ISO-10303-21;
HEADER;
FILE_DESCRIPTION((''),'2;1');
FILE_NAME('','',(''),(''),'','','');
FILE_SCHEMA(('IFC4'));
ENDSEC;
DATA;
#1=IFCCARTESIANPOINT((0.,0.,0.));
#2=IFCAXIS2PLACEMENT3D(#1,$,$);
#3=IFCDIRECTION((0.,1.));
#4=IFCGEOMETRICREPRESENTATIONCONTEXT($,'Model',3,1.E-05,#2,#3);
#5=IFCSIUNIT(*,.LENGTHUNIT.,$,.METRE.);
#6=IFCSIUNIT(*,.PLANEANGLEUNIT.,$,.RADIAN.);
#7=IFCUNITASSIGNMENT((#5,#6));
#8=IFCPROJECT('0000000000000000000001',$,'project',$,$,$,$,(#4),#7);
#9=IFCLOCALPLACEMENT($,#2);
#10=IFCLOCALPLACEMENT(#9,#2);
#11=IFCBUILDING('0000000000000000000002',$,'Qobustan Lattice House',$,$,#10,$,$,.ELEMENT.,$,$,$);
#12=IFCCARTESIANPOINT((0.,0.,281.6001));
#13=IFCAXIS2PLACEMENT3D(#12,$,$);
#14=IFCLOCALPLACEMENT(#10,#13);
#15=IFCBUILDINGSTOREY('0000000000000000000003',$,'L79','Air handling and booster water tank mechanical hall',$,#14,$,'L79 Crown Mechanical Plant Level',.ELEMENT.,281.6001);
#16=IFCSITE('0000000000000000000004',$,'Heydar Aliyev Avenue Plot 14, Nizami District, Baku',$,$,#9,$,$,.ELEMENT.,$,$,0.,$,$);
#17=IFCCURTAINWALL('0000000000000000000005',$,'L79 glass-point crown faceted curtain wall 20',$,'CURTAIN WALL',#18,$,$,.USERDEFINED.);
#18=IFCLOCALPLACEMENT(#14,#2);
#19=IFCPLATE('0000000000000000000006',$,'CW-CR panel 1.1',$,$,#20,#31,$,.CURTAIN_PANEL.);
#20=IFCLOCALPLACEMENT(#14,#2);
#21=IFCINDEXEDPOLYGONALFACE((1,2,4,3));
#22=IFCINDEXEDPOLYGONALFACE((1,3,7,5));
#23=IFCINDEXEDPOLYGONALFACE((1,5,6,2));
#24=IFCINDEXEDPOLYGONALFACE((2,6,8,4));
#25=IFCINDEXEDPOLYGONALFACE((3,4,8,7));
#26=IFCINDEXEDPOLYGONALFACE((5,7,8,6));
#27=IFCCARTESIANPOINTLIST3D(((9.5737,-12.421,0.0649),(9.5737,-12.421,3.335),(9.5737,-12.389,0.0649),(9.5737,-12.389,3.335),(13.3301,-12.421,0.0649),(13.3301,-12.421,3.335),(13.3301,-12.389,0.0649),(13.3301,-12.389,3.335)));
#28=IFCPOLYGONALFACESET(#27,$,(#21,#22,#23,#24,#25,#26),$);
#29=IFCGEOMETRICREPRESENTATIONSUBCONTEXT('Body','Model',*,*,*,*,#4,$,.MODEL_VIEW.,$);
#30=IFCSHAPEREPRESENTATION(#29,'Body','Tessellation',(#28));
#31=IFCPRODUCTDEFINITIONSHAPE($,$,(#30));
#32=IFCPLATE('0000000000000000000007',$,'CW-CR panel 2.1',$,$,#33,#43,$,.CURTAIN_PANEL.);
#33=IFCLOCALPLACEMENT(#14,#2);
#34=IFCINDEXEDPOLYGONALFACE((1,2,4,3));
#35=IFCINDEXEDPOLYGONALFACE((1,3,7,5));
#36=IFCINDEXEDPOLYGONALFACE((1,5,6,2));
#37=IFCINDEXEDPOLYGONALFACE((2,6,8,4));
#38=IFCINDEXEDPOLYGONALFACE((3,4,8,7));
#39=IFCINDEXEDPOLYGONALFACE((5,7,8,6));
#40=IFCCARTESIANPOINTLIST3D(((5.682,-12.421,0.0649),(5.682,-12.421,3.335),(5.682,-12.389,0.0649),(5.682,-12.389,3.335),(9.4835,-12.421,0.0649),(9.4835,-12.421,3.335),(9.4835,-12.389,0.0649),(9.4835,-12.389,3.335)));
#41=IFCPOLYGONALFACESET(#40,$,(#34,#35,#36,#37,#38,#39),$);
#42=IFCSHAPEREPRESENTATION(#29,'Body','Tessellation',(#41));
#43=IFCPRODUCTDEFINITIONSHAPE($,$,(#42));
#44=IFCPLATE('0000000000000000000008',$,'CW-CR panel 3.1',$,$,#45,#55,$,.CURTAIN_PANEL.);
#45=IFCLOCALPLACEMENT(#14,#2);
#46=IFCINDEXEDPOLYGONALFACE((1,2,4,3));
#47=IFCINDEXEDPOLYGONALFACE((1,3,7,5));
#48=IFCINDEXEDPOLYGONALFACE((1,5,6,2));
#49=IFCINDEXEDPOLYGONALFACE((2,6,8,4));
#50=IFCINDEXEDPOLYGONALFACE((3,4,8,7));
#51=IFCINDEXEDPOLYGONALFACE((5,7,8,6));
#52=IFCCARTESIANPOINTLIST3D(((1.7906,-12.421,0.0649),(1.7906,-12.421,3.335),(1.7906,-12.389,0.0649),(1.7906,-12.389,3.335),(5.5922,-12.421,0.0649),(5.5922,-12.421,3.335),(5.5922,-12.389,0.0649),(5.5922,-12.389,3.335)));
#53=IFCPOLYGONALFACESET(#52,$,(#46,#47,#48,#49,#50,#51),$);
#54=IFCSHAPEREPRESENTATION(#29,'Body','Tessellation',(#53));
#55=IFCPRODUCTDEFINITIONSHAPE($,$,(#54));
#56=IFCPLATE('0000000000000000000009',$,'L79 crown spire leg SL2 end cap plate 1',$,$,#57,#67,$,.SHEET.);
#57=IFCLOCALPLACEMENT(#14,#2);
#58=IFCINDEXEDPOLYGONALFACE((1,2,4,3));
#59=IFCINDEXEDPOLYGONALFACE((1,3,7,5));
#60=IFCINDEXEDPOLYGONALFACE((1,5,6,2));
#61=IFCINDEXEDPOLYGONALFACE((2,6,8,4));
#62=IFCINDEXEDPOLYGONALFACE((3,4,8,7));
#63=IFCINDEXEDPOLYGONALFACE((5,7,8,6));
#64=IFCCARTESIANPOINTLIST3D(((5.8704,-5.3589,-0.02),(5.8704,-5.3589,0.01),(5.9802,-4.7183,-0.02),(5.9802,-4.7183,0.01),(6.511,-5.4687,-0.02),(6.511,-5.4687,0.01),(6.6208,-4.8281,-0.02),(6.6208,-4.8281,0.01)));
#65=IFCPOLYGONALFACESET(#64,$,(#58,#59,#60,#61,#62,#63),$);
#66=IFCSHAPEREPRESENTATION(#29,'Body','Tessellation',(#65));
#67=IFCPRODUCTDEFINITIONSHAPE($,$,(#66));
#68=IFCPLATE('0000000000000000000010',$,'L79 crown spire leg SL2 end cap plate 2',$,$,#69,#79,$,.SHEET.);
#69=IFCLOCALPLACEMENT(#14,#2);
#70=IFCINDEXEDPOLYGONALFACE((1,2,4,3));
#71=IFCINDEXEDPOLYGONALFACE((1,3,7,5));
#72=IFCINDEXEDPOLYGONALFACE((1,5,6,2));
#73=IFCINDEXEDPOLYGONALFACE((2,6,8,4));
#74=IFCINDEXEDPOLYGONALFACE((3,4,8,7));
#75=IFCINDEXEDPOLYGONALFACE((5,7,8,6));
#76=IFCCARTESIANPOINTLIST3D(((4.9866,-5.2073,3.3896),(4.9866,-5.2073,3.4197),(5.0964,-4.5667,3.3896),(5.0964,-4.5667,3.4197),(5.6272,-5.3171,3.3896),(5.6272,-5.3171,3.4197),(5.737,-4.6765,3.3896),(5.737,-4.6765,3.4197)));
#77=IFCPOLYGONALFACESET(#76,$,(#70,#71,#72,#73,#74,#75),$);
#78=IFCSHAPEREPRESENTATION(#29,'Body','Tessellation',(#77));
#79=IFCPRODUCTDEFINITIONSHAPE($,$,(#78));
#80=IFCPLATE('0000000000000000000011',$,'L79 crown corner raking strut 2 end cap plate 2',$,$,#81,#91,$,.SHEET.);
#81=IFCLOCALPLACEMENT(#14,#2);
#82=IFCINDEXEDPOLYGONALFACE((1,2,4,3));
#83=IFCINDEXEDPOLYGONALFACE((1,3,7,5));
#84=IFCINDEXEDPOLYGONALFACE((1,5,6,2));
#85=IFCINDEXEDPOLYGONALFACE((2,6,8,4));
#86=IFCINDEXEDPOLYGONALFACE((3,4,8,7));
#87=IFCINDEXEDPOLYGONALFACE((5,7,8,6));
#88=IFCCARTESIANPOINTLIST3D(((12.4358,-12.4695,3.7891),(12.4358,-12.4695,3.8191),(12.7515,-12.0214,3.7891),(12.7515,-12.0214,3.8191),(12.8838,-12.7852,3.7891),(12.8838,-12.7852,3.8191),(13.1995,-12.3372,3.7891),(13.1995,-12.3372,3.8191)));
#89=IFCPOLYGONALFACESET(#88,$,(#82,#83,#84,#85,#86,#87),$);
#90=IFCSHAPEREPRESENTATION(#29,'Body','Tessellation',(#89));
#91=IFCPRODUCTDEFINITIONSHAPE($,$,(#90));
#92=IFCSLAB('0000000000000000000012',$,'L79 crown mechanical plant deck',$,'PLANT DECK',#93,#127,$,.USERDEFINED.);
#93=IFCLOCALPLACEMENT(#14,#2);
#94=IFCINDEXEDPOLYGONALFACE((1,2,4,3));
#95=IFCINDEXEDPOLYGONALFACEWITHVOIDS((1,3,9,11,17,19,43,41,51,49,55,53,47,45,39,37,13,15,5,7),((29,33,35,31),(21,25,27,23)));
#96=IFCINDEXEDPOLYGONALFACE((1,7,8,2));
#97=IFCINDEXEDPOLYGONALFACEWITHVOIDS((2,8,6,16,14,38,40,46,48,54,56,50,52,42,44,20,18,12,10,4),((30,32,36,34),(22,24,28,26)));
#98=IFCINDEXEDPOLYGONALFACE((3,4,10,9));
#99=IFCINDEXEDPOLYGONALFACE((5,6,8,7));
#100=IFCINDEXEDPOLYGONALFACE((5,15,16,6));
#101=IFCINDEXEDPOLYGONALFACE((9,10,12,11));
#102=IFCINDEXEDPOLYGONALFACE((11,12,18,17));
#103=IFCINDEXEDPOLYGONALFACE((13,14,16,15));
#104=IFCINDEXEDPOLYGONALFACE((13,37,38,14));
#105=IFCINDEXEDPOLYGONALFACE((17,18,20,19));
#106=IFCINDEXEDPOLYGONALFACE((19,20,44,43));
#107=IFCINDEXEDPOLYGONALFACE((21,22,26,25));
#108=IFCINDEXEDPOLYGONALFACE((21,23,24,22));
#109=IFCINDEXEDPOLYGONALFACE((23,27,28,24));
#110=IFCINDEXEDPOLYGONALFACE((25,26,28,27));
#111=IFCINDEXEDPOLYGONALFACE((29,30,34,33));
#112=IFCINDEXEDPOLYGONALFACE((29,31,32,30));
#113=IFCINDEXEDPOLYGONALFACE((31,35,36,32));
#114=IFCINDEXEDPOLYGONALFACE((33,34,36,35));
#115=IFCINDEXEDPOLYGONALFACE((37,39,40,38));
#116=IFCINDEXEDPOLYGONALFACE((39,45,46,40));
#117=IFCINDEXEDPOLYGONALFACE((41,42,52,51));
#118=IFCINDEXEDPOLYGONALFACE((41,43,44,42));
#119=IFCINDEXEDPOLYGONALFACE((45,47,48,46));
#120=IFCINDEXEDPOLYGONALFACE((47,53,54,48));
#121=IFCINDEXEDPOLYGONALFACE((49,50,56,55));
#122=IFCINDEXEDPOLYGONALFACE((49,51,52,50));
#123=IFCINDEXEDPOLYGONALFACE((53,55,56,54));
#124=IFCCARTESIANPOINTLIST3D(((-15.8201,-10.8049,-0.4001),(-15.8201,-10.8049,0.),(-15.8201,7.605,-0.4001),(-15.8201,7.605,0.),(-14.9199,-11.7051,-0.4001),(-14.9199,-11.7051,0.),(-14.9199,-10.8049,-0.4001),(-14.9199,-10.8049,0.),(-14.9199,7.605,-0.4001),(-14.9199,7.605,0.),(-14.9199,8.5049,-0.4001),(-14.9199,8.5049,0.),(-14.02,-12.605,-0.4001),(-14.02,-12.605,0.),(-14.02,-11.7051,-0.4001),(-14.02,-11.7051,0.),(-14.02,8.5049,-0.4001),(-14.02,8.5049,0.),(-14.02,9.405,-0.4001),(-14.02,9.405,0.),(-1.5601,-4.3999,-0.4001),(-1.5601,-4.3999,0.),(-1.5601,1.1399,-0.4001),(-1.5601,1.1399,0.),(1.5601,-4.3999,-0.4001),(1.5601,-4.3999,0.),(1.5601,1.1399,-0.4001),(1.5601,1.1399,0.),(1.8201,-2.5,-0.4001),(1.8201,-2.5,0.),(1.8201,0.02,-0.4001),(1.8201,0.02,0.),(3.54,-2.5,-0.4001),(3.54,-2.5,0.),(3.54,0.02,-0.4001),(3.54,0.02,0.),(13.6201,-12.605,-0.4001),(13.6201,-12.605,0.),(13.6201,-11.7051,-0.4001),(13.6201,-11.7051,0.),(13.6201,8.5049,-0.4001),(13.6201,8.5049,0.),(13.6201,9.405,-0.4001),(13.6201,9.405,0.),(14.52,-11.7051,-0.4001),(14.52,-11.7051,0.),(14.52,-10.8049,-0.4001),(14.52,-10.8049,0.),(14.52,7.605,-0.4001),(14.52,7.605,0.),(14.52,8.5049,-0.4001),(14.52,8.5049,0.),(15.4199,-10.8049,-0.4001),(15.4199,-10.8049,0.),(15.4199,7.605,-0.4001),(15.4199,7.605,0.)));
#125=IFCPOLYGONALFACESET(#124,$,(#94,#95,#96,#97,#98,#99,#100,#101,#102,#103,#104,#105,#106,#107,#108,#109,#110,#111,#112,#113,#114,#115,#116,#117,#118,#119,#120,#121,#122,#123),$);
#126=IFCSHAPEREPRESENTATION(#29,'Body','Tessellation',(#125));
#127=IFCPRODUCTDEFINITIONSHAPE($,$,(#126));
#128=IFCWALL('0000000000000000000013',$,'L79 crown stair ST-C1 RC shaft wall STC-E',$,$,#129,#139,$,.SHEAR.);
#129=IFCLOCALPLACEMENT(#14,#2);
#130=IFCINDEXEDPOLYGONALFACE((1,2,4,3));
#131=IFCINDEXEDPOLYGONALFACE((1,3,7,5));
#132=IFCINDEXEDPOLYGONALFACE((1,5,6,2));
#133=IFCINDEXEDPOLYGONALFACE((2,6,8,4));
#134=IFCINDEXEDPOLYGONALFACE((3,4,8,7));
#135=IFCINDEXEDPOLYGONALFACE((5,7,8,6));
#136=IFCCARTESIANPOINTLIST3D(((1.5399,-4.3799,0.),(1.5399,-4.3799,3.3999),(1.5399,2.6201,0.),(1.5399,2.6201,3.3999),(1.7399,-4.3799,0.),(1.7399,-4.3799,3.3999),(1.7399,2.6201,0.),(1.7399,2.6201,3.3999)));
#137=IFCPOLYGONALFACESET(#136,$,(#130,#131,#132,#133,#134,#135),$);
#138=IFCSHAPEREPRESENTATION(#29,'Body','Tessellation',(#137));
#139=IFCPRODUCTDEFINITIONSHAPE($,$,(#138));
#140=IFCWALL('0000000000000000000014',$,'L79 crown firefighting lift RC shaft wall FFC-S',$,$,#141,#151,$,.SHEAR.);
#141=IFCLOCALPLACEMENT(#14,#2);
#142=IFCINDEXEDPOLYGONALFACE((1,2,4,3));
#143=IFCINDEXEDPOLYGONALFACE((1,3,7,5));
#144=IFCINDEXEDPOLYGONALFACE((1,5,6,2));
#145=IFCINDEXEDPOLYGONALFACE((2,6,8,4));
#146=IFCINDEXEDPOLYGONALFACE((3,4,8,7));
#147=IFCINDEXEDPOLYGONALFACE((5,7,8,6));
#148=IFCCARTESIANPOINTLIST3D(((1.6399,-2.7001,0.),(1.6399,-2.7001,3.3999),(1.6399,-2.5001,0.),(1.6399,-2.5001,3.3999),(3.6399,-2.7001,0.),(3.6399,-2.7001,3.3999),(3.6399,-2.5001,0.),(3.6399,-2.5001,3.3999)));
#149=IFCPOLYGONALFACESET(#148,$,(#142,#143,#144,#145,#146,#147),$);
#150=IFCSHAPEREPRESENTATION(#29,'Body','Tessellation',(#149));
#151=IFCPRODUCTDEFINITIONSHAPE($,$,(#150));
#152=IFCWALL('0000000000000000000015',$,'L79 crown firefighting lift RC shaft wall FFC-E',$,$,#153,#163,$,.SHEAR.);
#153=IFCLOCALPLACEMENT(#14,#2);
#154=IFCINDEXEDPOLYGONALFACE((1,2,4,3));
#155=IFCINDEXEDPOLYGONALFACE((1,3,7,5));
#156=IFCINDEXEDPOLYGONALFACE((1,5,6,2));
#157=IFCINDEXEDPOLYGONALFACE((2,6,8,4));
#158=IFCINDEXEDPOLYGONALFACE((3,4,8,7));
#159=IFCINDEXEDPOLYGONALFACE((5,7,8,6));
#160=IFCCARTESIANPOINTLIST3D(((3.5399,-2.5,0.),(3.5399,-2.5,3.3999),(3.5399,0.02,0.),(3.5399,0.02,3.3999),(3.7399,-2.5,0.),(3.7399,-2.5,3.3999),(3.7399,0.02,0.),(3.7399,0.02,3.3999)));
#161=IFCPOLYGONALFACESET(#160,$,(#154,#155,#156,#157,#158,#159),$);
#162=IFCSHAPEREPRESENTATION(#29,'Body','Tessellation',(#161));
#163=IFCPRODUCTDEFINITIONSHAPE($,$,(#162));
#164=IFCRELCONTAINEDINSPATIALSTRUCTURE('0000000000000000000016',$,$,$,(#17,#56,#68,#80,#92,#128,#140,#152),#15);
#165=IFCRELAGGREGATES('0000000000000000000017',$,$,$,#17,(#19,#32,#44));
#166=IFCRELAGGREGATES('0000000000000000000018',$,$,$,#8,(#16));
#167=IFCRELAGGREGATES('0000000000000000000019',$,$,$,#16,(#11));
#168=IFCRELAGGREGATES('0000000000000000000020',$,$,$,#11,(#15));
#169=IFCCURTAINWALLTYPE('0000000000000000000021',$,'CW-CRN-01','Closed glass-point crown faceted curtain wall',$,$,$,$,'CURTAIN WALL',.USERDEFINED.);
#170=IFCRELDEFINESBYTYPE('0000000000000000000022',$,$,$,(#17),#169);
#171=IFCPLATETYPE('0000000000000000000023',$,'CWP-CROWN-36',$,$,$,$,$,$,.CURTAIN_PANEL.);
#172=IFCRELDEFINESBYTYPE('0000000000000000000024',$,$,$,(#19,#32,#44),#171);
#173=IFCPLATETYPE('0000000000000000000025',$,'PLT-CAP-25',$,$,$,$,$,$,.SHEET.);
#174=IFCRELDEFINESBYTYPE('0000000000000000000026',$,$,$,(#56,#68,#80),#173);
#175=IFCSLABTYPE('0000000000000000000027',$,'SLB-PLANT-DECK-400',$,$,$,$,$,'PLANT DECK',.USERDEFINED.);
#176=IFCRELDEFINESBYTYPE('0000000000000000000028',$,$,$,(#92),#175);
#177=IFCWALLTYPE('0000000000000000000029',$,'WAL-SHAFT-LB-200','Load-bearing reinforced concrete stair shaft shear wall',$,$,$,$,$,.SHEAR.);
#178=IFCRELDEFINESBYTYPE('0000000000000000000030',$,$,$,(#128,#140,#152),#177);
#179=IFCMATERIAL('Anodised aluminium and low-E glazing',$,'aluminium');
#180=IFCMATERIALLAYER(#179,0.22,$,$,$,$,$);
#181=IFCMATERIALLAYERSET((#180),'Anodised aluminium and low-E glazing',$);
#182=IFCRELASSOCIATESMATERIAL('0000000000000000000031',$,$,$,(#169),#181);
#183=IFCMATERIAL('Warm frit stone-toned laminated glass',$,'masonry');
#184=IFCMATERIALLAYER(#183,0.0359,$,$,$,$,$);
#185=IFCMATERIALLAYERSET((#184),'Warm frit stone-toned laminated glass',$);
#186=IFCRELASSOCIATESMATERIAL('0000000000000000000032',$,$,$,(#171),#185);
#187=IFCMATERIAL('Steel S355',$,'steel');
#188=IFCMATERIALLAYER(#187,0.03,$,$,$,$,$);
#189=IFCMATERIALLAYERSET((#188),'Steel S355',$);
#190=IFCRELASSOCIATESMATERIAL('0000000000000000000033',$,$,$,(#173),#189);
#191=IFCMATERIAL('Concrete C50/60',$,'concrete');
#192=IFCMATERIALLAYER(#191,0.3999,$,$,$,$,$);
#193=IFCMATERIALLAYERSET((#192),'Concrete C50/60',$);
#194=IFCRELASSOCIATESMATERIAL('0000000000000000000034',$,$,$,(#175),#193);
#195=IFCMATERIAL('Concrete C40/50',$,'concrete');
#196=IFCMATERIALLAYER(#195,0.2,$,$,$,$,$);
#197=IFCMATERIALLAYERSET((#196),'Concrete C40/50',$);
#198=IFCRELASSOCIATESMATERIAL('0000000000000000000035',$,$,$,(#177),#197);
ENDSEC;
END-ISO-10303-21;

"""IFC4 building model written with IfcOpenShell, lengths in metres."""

from ifc_helpers import new_model, si_unit, direction, frame, frame_2d, origin, origin_2d, place, context, subcontext, project, spatial, polyline, rectangle, outline, extrude, material, layer, layer_set, type_object, element, aggregate, save


model = new_model("IFC4")

# Units and contexts
model_context = context("Model", 3, precision=1e-05, world=origin(), true_north=direction((0.0, 1.0)))
body_context = subcontext(model_context, "Body", "Model", "MODEL_VIEW")
ifc_project = project(units=[si_unit("LENGTHUNIT", "METRE"), si_unit("PLANEANGLEUNIT", "RADIAN")], contexts=[model_context])

# Site, building, storey
site_placement = place(None, origin())
site = spatial("IfcSite", under=ifc_project, at=site_placement, Name="Heydar Aliyev Avenue Plot 14, Nizami District, Baku", CompositionType="ELEMENT", RefElevation=0.0)
building_placement = place(site_placement, origin())
building = spatial("IfcBuilding", under=site, at=building_placement, Name="Qobustan Lattice House", CompositionType="ELEMENT")
storey_placement = place(building_placement, frame((0.0, 0.0, 281.6001)))
storey = spatial("IfcBuildingStorey", under=building, at=storey_placement, Name="L79", Description="Air handling and booster water tank mechanical hall", LongName="L79 Crown Mechanical Plant Level", CompositionType="ELEMENT", Elevation=281.6001)

# Curtain wall
ifc_material_1 = material(Name="Anodised aluminium and low-E glazing", Category="aluminium")
ifc_layer_1 = layer(ifc_material_1, 0.22)
ifc_layer_set_1 = layer_set([ifc_layer_1], Name="Anodised aluminium and low-E glazing")
curtain_wall_type = type_object("IfcCurtainWallType", Name="CW-CRN-01", Description="Closed glass-point crown faceted curtain wall", ElementType="CURTAIN WALL", PredefinedType="USERDEFINED", material=ifc_layer_set_1)
curtain_wall_placement = place(storey_placement, origin())
curtain_wall = element("IfcCurtainWall", 1, at=curtain_wall_placement, inside=storey, type_object=curtain_wall_type, Name="L79 glass-point crown faceted curtain wall 20", ObjectType="CURTAIN WALL", PredefinedType="USERDEFINED")

# Plates
ifc_material_2 = material(Name="Warm frit stone-toned laminated glass", Category="masonry")
ifc_layer_2 = layer(ifc_material_2, 0.0359)
ifc_layer_set_2 = layer_set([ifc_layer_2], Name="Warm frit stone-toned laminated glass")
plate_type_1 = type_object("IfcPlateType", Name="CWP-CROWN-36", PredefinedType="CURTAIN_PANEL", material=ifc_layer_set_2)
plate_1_placement = place(storey_placement, frame((11.4519, -12.405, 0.0649), z_axis=(0.0, 0.0, 1.0), x_axis=(-1.0, 0.0, 0.0)))
plate_1 = element("IfcPlate", 2, at=plate_1_placement, type_object=plate_type_1, Name="CW-CR panel 1.1", PredefinedType="CURTAIN_PANEL", context=body_context, shape_type="SweptSolid", body=[
    extrude(rectangle(XDim=3.7563, YDim=0.032, at=origin_2d()), origin(), (0.0, 0.0, 1.0), 3.27),
])
plate_2_placement = place(storey_placement, frame((7.5828, -12.405, 0.0649), z_axis=(0.0, 0.0, 1.0), x_axis=(-1.0, 0.0, 0.0)))
plate_2 = element("IfcPlate", 3, at=plate_2_placement, type_object=plate_type_1, Name="CW-CR panel 2.1", PredefinedType="CURTAIN_PANEL", context=body_context, shape_type="SweptSolid", body=[
    extrude(rectangle(XDim=3.8015, YDim=0.032, at=origin_2d()), origin(), (0.0, 0.0, 1.0), 3.27),
])
plate_3_placement = place(storey_placement, frame((3.6914, -12.405, 0.0649), z_axis=(0.0, 0.0, 1.0), x_axis=(-1.0, 0.0, 0.0)))
plate_3 = element("IfcPlate", 4, at=plate_3_placement, type_object=plate_type_1, Name="CW-CR panel 3.1", PredefinedType="CURTAIN_PANEL", context=body_context, shape_type="SweptSolid", body=[
    extrude(rectangle(XDim=3.8015, YDim=0.032, at=origin_2d()), origin(), (0.0, 0.0, 1.0), 3.27),
])
aggregate(curtain_wall, [plate_1, plate_2, plate_3])

# Plates
ifc_material_3 = material(Name="Steel S355", Category="steel")
ifc_layer_3 = layer(ifc_material_3, 0.03)
ifc_layer_set_3 = layer_set([ifc_layer_3], Name="Steel S355")
plate_type_2 = type_object("IfcPlateType", Name="PLT-CAP-25", PredefinedType="SHEET", material=ifc_layer_set_3)
for number, where, z_axis, x_axis, name in (
    (5, (6.2456, -5.0935, -0.02), (0.0, 0.0, 1.0), (-0.985621, 0.168971, 0.0), "L79 crown spire leg SL2 end cap plate 1"),
    (6, (5.3618, -4.9419, 3.3896), (0.0, 0.0, 1.0), (-0.985621, 0.168971, 0.0), "L79 crown spire leg SL2 end cap plate 2"),
):
    element("IfcPlate", number, at=place(storey_placement, frame(where, z_axis=z_axis, x_axis=x_axis)), inside=storey, type_object=plate_type_2, Name=name, PredefinedType="SHEET", context=body_context, shape_type="SweptSolid", body=[
        extrude(rectangle(XDim=0.6499, YDim=0.6499, at=origin_2d()), origin(), (0.0, 0.0, 1.0), 0.03),
    ])
plate_4_placement = place(storey_placement, frame((12.8176, -12.4033, 3.7891), z_axis=(0.0, 0.0, 1.0), x_axis=(-0.817426, 0.576033, 0.0)))
element("IfcPlate", 7, at=plate_4_placement, inside=storey, type_object=plate_type_2, Name="L79 crown corner raking strut 2 end cap plate 2", PredefinedType="SHEET", context=body_context, shape_type="SweptSolid", body=[
    extrude(rectangle(XDim=0.5481, YDim=0.5481, at=origin_2d()), origin(), (0.0, 0.0, 1.0), 0.03),
])

# Slab
ifc_material_4 = material(Name="Concrete C50/60", Category="concrete")
ifc_layer_4 = layer(ifc_material_4, 0.3999)
ifc_layer_set_4 = layer_set([ifc_layer_4], Name="Concrete C50/60")
slab_type = type_object("IfcSlabType", Name="SLB-PLANT-DECK-400", ElementType="PLANT DECK", PredefinedType="USERDEFINED", material=ifc_layer_set_4)
slab_placement = place(storey_placement, frame((0.0, 0.0, -0.4001)))
element("IfcSlab", 8, at=slab_placement, inside=storey, type_object=slab_type, Name="L79 crown mechanical plant deck", ObjectType="PLANT DECK", PredefinedType="USERDEFINED", context=body_context, shape_type="SweptSolid", body=[
    extrude(outline(polyline([(-14.02, -12.605), (13.6201, -12.605), (13.6201, -11.7051), (14.52, -11.7051), (14.52, -10.8049), (15.4199, -10.8049), (15.4199, 7.605), (14.52, 7.605), (14.52, 8.5049), (13.6201, 8.5049), (13.6201, 9.405), (-14.02, 9.405), (-14.02, 8.5049), (-14.9199, 8.5049), (-14.9199, 7.605), (-15.8201, 7.605), (-15.8201, -10.8049), (-14.9199, -10.8049), (-14.9199, -11.7051), (-14.02, -11.7051), (-14.02, -12.605)]), holes=[polyline([(-1.5601, -4.3999), (-1.5601, 1.1399), (1.5601, 1.1399), (1.5601, -4.3999), (-1.5601, -4.3999)]), polyline([(1.8201, -2.5), (1.8201, 0.02), (3.54, 0.02), (3.54, -2.5), (1.8201, -2.5)])]), origin(), (0.0, 0.0, 1.0), 0.4001),
])

# Walls
ifc_material_5 = material(Name="Concrete C40/50", Category="concrete")
ifc_layer_5 = layer(ifc_material_5, 0.2)
ifc_layer_set_5 = layer_set([ifc_layer_5], Name="Concrete C40/50")
wall_type = type_object("IfcWallType", Name="WAL-SHAFT-LB-200", Description="Load-bearing reinforced concrete stair shaft shear wall", PredefinedType="SHEAR", material=ifc_layer_set_5)
wall_1_placement = place(storey_placement, frame((1.6399, -4.3799, 0.0), z_axis=(0.0, 0.0, 1.0), x_axis=(0.0, 1.0, 0.0)))
element("IfcWall", 9, at=wall_1_placement, inside=storey, type_object=wall_type, Name="L79 crown stair ST-C1 RC shaft wall STC-E", PredefinedType="SHEAR", context=body_context, shape_type="SweptSolid", body=[
    extrude(rectangle(XDim=7.0, YDim=0.2, at=frame_2d((3.5, 0.0))), origin(), (0.0, 0.0, 1.0), 3.3999),
])
wall_2_placement = place(storey_placement, frame((1.6399, -2.6001, 0.0), z_axis=(0.0, 0.0, 1.0), x_axis=(1.0, 0.0, 0.0)))
element("IfcWall", 10, at=wall_2_placement, inside=storey, type_object=wall_type, Name="L79 crown firefighting lift RC shaft wall FFC-S", PredefinedType="SHEAR", context=body_context, shape_type="SweptSolid", body=[
    extrude(rectangle(XDim=2.0, YDim=0.2, at=frame_2d((1.0, 0.0))), origin(), (0.0, 0.0, 1.0), 3.3999),
])
wall_3_placement = place(storey_placement, frame((3.6399, -2.5, 0.0), z_axis=(0.0, 0.0, 1.0), x_axis=(0.0, 1.0, 0.0)))
element("IfcWall", 11, at=wall_3_placement, inside=storey, type_object=wall_type, Name="L79 crown firefighting lift RC shaft wall FFC-E", PredefinedType="SHEAR", context=body_context, shape_type="SweptSolid", body=[
    extrude(rectangle(XDim=2.52, YDim=0.2, at=frame_2d((1.26, 0.0))), origin(), (0.0, 0.0, 1.0), 3.3999),
])

save(model, "model.ifc")
